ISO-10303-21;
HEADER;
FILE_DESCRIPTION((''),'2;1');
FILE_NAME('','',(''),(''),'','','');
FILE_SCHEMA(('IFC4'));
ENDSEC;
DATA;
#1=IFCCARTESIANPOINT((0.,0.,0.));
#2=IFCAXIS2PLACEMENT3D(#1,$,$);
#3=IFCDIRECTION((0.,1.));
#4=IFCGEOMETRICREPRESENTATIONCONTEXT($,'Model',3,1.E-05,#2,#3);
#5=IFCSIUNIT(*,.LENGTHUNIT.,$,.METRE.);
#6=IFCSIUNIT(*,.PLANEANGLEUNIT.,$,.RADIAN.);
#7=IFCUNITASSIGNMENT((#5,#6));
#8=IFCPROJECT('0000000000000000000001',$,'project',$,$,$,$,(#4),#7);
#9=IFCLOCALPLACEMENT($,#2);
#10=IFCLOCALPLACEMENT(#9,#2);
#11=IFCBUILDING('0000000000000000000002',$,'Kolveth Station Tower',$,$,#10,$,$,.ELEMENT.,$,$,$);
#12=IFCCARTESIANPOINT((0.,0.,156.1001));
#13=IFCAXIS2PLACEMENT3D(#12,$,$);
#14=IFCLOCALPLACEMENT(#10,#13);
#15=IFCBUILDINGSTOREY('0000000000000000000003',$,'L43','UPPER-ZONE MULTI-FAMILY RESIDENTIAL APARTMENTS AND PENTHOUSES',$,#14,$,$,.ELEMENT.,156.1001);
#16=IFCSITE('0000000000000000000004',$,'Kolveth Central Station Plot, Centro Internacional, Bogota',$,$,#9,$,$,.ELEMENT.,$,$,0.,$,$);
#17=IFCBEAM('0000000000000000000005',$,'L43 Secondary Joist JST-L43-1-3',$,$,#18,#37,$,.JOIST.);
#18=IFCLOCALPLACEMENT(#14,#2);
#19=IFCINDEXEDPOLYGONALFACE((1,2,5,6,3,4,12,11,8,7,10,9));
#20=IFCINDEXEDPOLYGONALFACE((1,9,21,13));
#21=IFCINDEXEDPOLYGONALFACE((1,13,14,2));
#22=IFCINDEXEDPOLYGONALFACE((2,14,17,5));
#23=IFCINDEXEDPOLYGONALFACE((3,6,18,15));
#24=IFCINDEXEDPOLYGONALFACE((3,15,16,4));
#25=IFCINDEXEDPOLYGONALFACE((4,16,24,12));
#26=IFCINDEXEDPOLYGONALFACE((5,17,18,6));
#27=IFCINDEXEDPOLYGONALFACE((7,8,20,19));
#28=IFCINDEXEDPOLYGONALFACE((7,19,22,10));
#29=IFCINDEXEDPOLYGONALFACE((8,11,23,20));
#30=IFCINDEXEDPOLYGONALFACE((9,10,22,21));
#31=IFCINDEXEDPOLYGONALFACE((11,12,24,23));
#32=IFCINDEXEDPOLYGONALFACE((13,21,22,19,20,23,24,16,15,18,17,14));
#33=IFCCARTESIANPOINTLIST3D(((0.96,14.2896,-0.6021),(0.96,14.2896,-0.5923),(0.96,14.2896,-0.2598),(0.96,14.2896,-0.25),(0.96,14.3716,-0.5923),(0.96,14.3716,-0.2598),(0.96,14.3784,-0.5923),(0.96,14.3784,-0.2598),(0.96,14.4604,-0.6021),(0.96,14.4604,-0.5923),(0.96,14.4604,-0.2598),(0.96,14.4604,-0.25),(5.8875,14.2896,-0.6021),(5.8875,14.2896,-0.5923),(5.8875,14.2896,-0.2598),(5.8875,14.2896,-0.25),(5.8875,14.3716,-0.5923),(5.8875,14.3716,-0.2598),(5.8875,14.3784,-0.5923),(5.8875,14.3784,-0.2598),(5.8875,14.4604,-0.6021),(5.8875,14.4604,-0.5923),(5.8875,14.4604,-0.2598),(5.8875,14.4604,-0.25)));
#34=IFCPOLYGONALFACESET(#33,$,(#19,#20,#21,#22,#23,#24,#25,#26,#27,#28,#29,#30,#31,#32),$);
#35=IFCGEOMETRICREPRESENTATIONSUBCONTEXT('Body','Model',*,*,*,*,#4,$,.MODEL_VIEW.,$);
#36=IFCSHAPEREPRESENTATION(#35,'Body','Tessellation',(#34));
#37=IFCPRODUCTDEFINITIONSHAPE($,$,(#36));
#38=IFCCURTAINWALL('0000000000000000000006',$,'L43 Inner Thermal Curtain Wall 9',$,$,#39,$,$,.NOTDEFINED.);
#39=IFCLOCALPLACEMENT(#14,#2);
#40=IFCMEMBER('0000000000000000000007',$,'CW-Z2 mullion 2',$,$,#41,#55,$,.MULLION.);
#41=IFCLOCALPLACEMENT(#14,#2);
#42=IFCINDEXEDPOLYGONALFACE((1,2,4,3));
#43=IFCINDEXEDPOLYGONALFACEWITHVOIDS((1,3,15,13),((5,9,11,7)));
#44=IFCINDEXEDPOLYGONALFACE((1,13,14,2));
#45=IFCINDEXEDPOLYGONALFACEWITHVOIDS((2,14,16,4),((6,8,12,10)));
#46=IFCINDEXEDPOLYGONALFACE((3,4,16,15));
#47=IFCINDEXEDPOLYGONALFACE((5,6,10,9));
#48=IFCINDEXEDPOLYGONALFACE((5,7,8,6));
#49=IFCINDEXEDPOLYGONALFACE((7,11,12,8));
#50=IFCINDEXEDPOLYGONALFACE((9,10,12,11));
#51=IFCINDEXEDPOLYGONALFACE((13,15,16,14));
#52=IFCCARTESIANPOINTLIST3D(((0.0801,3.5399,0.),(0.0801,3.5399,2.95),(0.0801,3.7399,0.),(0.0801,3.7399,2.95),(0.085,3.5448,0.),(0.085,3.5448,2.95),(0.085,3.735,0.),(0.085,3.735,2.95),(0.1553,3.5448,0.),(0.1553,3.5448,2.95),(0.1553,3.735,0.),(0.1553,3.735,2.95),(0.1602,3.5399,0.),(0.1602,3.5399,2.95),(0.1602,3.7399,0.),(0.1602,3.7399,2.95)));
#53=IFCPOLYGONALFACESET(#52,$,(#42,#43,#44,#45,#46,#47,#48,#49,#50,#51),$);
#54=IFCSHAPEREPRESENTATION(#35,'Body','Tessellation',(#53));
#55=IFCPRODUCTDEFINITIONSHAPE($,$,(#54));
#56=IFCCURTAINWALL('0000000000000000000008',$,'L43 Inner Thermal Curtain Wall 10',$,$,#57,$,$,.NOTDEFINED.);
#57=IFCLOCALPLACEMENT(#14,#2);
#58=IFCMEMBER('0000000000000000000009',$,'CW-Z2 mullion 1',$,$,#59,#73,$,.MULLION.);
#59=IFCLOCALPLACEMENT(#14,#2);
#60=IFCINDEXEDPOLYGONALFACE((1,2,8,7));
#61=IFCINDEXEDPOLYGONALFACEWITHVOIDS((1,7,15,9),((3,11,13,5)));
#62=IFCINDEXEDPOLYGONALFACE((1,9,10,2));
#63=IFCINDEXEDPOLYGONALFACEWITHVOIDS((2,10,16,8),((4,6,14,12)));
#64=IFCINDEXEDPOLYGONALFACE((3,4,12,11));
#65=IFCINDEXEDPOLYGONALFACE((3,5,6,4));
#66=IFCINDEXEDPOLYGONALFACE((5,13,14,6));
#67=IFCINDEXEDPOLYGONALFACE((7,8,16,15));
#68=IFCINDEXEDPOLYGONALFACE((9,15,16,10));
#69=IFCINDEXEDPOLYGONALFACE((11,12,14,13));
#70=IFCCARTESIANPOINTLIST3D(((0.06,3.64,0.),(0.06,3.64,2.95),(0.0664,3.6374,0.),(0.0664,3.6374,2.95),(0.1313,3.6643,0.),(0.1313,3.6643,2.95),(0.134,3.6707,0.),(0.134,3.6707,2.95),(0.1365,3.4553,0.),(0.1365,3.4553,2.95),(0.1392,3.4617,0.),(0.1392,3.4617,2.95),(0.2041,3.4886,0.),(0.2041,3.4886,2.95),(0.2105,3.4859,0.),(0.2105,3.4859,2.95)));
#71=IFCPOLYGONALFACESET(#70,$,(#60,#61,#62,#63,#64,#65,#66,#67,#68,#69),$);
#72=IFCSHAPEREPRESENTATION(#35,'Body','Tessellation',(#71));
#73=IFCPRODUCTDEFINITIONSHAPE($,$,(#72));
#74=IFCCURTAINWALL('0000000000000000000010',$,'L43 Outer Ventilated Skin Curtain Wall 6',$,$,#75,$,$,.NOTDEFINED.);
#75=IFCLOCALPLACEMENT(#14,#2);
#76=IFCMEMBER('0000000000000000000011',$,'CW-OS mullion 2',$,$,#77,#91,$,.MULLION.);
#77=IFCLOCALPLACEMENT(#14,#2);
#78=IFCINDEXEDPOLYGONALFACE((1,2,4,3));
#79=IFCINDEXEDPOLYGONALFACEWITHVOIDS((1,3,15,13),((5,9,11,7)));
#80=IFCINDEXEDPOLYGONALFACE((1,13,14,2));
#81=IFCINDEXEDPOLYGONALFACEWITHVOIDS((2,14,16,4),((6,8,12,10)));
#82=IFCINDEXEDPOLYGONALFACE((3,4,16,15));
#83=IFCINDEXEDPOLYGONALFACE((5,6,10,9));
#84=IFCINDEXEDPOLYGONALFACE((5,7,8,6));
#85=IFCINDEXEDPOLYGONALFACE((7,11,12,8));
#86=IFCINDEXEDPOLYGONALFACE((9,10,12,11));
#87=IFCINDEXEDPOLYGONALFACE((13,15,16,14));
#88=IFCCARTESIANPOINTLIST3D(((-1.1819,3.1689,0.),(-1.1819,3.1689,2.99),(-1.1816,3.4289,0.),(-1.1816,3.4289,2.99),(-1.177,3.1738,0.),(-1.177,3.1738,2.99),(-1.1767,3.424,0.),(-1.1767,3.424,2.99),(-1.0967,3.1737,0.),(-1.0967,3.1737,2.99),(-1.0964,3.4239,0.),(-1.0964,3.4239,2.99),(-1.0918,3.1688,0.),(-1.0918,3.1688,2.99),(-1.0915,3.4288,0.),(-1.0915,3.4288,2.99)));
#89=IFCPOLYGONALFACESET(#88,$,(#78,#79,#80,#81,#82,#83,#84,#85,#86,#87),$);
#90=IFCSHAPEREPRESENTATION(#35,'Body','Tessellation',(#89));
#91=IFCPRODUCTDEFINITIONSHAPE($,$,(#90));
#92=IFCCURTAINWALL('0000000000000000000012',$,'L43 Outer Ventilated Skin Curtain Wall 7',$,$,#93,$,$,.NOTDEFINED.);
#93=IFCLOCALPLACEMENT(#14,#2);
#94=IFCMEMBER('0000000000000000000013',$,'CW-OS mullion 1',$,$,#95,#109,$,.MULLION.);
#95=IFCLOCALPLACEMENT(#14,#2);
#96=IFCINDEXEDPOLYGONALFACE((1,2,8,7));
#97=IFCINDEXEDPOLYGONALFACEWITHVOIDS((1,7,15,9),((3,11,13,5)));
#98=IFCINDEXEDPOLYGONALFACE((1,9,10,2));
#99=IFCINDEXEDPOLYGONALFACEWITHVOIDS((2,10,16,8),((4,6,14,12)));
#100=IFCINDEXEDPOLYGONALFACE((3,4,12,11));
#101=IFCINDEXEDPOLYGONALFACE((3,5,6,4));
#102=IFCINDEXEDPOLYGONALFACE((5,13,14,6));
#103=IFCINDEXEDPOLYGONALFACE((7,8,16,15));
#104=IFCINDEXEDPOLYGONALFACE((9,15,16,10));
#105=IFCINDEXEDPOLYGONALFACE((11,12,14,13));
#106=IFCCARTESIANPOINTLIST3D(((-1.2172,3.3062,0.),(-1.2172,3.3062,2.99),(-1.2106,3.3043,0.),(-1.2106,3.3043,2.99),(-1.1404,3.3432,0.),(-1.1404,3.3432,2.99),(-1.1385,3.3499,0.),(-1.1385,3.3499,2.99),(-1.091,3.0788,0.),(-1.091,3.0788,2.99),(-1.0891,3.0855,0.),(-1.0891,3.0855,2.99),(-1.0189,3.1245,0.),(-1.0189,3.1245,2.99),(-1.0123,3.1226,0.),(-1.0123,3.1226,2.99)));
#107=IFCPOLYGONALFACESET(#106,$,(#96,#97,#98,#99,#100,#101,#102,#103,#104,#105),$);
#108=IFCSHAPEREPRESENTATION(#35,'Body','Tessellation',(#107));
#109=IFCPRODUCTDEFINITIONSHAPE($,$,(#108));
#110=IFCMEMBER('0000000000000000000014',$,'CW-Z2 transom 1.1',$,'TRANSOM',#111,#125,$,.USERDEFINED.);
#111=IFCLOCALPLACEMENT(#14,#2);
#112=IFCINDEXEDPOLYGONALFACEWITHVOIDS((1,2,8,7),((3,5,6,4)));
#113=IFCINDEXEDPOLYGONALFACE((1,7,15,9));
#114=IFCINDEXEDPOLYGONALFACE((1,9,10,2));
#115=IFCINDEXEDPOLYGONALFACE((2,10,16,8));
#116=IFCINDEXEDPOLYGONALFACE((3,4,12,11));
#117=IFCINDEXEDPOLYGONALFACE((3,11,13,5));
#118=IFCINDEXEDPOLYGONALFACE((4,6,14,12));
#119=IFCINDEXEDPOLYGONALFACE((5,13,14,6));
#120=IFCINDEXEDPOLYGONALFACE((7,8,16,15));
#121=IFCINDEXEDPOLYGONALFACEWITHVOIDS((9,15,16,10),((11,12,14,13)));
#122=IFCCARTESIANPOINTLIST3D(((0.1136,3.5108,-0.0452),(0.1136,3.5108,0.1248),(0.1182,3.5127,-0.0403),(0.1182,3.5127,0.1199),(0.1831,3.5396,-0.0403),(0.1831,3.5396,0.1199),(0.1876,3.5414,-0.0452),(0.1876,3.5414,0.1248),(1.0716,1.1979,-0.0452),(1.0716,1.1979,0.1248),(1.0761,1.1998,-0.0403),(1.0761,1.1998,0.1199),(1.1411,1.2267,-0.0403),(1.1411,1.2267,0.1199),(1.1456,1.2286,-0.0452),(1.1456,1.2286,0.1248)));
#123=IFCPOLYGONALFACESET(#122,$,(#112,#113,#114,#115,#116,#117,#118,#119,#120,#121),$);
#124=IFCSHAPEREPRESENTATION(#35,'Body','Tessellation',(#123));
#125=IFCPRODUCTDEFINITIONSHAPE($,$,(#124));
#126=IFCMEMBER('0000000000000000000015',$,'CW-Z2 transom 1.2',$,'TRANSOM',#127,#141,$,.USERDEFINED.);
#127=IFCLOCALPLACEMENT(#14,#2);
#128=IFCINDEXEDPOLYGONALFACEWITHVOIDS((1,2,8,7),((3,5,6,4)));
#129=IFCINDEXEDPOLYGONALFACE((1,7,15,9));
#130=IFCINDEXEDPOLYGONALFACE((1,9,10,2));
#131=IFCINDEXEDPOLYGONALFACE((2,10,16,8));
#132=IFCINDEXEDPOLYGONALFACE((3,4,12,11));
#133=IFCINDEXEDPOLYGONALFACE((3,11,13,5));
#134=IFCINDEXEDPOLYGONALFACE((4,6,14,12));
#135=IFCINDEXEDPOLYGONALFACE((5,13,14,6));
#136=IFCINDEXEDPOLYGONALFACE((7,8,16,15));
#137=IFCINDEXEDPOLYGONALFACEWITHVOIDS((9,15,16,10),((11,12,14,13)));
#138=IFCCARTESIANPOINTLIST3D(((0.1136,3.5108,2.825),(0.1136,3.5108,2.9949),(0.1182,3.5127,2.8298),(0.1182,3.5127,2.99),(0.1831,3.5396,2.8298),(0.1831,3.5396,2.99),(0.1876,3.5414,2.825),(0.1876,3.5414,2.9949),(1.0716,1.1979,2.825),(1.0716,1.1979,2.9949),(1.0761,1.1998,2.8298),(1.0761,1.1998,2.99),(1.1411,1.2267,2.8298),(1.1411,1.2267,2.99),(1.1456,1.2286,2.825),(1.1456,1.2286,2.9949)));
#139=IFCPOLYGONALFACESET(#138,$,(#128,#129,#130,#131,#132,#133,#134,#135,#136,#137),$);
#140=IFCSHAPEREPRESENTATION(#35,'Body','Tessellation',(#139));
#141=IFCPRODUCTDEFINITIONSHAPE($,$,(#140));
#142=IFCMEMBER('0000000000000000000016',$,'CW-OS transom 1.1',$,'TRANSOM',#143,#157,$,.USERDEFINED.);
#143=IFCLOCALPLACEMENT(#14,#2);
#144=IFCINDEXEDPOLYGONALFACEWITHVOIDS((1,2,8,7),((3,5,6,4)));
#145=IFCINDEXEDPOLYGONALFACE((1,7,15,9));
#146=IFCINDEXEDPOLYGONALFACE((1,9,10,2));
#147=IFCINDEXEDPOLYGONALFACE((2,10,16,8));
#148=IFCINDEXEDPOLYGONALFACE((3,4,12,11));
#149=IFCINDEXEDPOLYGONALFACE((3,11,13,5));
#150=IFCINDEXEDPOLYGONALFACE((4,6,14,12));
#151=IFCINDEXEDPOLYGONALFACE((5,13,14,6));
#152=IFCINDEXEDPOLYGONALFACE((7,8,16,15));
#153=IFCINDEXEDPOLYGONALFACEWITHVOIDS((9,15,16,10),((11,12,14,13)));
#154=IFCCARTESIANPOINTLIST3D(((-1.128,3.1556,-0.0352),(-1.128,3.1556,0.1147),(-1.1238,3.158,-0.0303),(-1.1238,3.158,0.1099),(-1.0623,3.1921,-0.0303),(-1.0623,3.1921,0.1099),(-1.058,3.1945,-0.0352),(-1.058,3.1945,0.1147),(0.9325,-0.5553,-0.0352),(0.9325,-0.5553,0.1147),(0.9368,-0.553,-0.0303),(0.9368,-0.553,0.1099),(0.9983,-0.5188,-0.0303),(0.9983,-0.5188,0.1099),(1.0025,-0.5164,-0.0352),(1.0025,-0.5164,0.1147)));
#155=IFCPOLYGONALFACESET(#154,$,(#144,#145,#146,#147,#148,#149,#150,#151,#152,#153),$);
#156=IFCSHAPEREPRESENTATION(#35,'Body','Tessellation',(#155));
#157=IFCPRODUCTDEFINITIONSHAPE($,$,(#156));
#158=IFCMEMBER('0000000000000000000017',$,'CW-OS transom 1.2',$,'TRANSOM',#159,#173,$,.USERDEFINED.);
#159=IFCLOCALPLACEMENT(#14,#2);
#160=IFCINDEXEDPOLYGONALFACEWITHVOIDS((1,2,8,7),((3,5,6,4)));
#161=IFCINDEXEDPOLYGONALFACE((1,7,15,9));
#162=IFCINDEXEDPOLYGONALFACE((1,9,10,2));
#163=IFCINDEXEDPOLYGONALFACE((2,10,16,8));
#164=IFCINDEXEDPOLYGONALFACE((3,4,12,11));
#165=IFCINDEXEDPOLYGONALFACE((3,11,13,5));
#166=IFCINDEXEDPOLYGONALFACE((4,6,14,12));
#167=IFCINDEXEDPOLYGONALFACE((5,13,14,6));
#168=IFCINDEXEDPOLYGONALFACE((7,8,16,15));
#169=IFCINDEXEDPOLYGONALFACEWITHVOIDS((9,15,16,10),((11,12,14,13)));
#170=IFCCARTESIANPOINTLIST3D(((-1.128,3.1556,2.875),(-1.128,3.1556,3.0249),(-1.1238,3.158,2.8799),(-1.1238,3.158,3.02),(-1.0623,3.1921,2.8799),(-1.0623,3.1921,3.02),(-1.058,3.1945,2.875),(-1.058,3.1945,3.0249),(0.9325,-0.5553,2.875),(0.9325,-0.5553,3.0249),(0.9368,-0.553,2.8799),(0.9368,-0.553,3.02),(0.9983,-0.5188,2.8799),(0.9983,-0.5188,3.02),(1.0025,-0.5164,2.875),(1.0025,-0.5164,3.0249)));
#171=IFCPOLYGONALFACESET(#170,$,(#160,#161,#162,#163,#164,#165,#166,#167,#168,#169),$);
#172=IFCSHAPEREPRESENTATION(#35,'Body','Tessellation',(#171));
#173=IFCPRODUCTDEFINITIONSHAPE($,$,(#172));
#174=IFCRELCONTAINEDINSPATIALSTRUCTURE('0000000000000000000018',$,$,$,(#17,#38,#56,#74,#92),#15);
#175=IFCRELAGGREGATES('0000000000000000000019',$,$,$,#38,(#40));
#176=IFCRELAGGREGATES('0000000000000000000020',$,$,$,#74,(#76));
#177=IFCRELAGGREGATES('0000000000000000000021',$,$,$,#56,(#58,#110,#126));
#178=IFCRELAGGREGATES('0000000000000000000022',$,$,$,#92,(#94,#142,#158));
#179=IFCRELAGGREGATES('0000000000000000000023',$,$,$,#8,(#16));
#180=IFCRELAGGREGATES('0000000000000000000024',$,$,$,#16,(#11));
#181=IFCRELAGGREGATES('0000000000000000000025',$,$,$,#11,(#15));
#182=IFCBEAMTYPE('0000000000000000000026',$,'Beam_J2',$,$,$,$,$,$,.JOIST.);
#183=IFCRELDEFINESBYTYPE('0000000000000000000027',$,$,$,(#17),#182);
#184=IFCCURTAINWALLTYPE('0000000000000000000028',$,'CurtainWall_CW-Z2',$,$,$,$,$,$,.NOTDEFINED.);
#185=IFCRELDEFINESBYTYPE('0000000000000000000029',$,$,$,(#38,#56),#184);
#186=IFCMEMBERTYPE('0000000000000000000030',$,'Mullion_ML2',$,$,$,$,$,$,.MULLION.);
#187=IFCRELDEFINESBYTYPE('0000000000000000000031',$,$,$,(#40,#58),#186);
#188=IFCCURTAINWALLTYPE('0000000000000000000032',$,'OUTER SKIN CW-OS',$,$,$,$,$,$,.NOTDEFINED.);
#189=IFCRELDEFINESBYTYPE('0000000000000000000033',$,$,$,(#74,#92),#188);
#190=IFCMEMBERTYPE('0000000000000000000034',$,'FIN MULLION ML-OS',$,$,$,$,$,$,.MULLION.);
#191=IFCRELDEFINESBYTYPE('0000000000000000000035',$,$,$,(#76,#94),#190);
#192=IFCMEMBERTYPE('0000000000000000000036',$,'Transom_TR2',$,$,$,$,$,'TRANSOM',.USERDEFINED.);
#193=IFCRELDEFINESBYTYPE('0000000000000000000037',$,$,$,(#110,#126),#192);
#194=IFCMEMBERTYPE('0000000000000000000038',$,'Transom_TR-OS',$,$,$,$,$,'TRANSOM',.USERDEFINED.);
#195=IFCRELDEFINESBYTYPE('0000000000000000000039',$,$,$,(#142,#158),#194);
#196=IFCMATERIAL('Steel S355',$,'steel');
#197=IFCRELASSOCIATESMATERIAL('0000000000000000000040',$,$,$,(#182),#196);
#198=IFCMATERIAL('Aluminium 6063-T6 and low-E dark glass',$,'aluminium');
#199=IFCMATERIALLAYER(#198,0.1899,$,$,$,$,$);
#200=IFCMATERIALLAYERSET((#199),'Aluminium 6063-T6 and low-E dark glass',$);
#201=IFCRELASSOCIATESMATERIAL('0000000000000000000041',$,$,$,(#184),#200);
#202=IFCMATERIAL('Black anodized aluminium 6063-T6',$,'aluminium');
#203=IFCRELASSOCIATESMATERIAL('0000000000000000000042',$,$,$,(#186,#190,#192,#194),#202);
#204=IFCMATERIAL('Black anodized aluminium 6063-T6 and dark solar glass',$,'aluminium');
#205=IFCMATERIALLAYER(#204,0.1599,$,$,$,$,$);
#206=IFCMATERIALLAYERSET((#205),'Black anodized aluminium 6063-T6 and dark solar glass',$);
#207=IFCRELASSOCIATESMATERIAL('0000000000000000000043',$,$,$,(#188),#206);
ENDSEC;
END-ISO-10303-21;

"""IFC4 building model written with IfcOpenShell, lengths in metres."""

from ifc_helpers import new_model, si_unit, direction, frame, origin, origin_2d, place, context, subcontext, project, spatial, hollow_rectangle, i_section, extrude, source, transform, mapped, material, layer, layer_set, material_profile, profile_set, type_object, element, aggregate, save


model = new_model("IFC4")

# Units and contexts
model_context = context("Model", 3, precision=1e-05, world=origin(), true_north=direction((0.0, 1.0)))
body_context = subcontext(model_context, "Body", "Model", "MODEL_VIEW")
ifc_project = project(units=[si_unit("LENGTHUNIT", "METRE"), si_unit("PLANEANGLEUNIT", "RADIAN")], contexts=[model_context])

# Site, building, storey
site_placement = place(None, origin())
site = spatial("IfcSite", under=ifc_project, at=site_placement, Name="Kolveth Central Station Plot, Centro Internacional, Bogota", CompositionType="ELEMENT", RefElevation=0.0)
building_placement = place(site_placement, origin())
building = spatial("IfcBuilding", under=site, at=building_placement, Name="Kolveth Station Tower", CompositionType="ELEMENT")
storey_placement = place(building_placement, frame((0.0, 0.0, 156.1001)))
storey = spatial("IfcBuildingStorey", under=building, at=storey_placement, Name="L43", Description="UPPER-ZONE MULTI-FAMILY RESIDENTIAL APARTMENTS AND PENTHOUSES", CompositionType="ELEMENT", Elevation=156.1001)

# Shared definitions
ifc_material_1 = material(Name="Steel S355", Category="steel")

# Beam
ifc_material_profile_1 = material_profile(ifc_material_1, i_section(OverallWidth=0.1709, OverallDepth=0.3521, WebThickness=0.0068, FlangeThickness=0.0098, at=origin_2d()), Name="W360x44")
ifc_profile_set_1 = profile_set([ifc_material_profile_1], Name="Steel S355")
beam_type_1 = type_object("IfcBeamType", Name="Beam_J2", PredefinedType="JOIST", material=ifc_profile_set_1)
shared_shape_1 = source(origin(), body_context, "Body", "SweptSolid", [
    extrude(i_section(OverallWidth=0.1709, OverallDepth=0.3521, WebThickness=0.0068, FlangeThickness=0.0098, at=origin_2d()), origin(), (0.0, 0.0, 1.0), 4.9275),
])
for number, where, z_axis, x_axis, name in (
    (1, (0.96, 14.375, -0.426), (1.0, 0.0, 0.0), (0.0, 1.0, 0.0), "L43 Secondary Joist JST-L43-1-3"),
):
    element("IfcBeam", number, at=place(storey_placement, frame(where, z_axis=z_axis, x_axis=x_axis)), inside=storey, type_object=beam_type_1, Name=name, PredefinedType="JOIST", context=body_context, shape_type="MappedRepresentation", body=[
        mapped(shared_shape_1, transform((0.0, 0.0, 0.0), x_axis=(1.0, 0.0, 0.0), y_axis=(0.0, 1.0, 0.0), z_axis=(0.0, 0.0, 1.0), scale=1.0)),
    ])

# Curtain walls, members
ifc_material_2 = material(Name="Aluminium 6063-T6 and low-E dark glass", Category="aluminium")
ifc_layer_1 = layer(ifc_material_2, 0.1899)
ifc_layer_set_1 = layer_set([ifc_layer_1], Name="Aluminium 6063-T6 and low-E dark glass")
curtain_wall_type_1 = type_object("IfcCurtainWallType", Name="CurtainWall_CW-Z2", PredefinedType="NOTDEFINED", material=ifc_layer_set_1)
curtain_wall_1_placement = place(storey_placement, origin())
curtain_wall_1 = element("IfcCurtainWall", 2, at=curtain_wall_1_placement, inside=storey, type_object=curtain_wall_type_1, Name="L43 Inner Thermal Curtain Wall 9", PredefinedType="NOTDEFINED")
ifc_material_3 = material(Name="Black anodized aluminium 6063-T6", Category="aluminium")
ifc_material_profile_2 = material_profile(ifc_material_3, hollow_rectangle(XDim=0.0801, YDim=0.2, WallThickness=0.0049, at=origin_2d()), Name="ALU-80x200x5")
ifc_profile_set_2 = profile_set([ifc_material_profile_2], Name="Black anodized aluminium 6063-T6")
member_type_1 = type_object("IfcMemberType", Name="Mullion_ML2", PredefinedType="MULLION", material=ifc_profile_set_2)
shared_shape_2 = source(origin(), body_context, "Body", "SweptSolid", [
    extrude(hollow_rectangle(XDim=0.0801, YDim=0.2, WallThickness=0.0049, at=origin_2d()), origin(), (0.0, 0.0, 1.0), 2.95),
])
member_1_placement = place(storey_placement, frame((0.1201, 3.6399, 0.0), z_axis=(0.0, 0.0, 1.0), x_axis=(1.0, 0.0, 0.0)))
member_1 = element("IfcMember", 3, at=member_1_placement, type_object=member_type_1, Name="CW-Z2 mullion 2", PredefinedType="MULLION", context=body_context, shape_type="MappedRepresentation", body=[
    mapped(shared_shape_2, transform((0.0, 0.0, 0.0), x_axis=(1.0, 0.0, 0.0), y_axis=(0.0, 1.0, 0.0), z_axis=(0.0, 0.0, 1.0), scale=1.0)),
])
aggregate(curtain_wall_1, [member_1])
curtain_wall_2_placement = place(storey_placement, origin())
curtain_wall_2 = element("IfcCurtainWall", 4, at=curtain_wall_2_placement, inside=storey, type_object=curtain_wall_type_1, Name="L43 Inner Thermal Curtain Wall 10", PredefinedType="NOTDEFINED")
member_2_placement = place(storey_placement, frame((0.1353, 3.563, 0.0), z_axis=(0.0, 0.0, 1.0), x_axis=(0.923874, 0.382698, 0.0)))
member_2 = element("IfcMember", 5, at=member_2_placement, type_object=member_type_1, Name="CW-Z2 mullion 1", PredefinedType="MULLION", context=body_context, shape_type="MappedRepresentation", body=[
    mapped(shared_shape_2, transform((0.0, 0.0, 0.0), x_axis=(1.0, 0.0, 0.0), y_axis=(0.0, 1.0, 0.0), z_axis=(0.0, 0.0, 1.0), scale=1.0)),
])
ifc_material_4 = material(Name="Black anodized aluminium 6063-T6 and dark solar glass", Category="aluminium")
ifc_layer_2 = layer(ifc_material_4, 0.1599)
ifc_layer_set_2 = layer_set([ifc_layer_2], Name="Black anodized aluminium 6063-T6 and dark solar glass")
curtain_wall_type_2 = type_object("IfcCurtainWallType", Name="OUTER SKIN CW-OS", PredefinedType="NOTDEFINED", material=ifc_layer_set_2)
curtain_wall_3_placement = place(storey_placement, origin())
curtain_wall_3 = element("IfcCurtainWall", 6, at=curtain_wall_3_placement, inside=storey, type_object=curtain_wall_type_2, Name="L43 Outer Ventilated Skin Curtain Wall 6", PredefinedType="NOTDEFINED")
ifc_material_profile_3 = material_profile(ifc_material_3, hollow_rectangle(XDim=0.0901, YDim=0.26, WallThickness=0.0049, at=origin_2d()), Name="ALU-90x260x5")
ifc_profile_set_3 = profile_set([ifc_material_profile_3], Name="Black anodized aluminium 6063-T6")
member_type_2 = type_object("IfcMemberType", Name="FIN MULLION ML-OS", PredefinedType="MULLION", material=ifc_profile_set_3)
shared_shape_3 = source(origin(), body_context, "Body", "SweptSolid", [
    extrude(hollow_rectangle(XDim=0.0901, YDim=0.26, WallThickness=0.0049, at=origin_2d()), origin(), (0.0, 0.0, 1.0), 2.99),
])
member_3_placement = place(storey_placement, frame((-1.1367, 3.2988, 0.0), z_axis=(0.0, 0.0, 1.0), x_axis=(0.999999, -0.001162, 0.0)))
member_3 = element("IfcMember", 7, at=member_3_placement, type_object=member_type_2, Name="CW-OS mullion 2", PredefinedType="MULLION", context=body_context, shape_type="MappedRepresentation", body=[
    mapped(shared_shape_3, transform((0.0, 0.0, 0.0), x_axis=(1.0, 0.0, 0.0), y_axis=(0.0, 1.0, 0.0), z_axis=(0.0, 0.0, 1.0), scale=1.0)),
])
aggregate(curtain_wall_3, [member_3])
curtain_wall_4_placement = place(storey_placement, origin())
curtain_wall_4 = element("IfcCurtainWall", 8, at=curtain_wall_4_placement, inside=storey, type_object=curtain_wall_type_2, Name="L43 Outer Ventilated Skin Curtain Wall 7", PredefinedType="NOTDEFINED")
member_4_placement = place(storey_placement, frame((-1.1147, 3.2144, 0.0), z_axis=(0.0, 0.0, 1.0), x_axis=(0.874283, 0.485416, 0.0)))
member_4 = element("IfcMember", 9, at=member_4_placement, type_object=member_type_2, Name="CW-OS mullion 1", PredefinedType="MULLION", context=body_context, shape_type="MappedRepresentation", body=[
    mapped(shared_shape_3, transform((0.0, 0.0, 0.0), x_axis=(1.0, 0.0, 0.0), y_axis=(0.0, 1.0, 0.0), z_axis=(0.0, 0.0, 1.0), scale=1.0)),
])

# Members
ifc_material_profile_4 = material_profile(ifc_material_3, hollow_rectangle(XDim=0.0801, YDim=0.1699, WallThickness=0.0049, at=origin_2d()), Name="ALU-80x170x5")
ifc_profile_set_4 = profile_set([ifc_material_profile_4], Name="Black anodized aluminium 6063-T6")
member_type_3 = type_object("IfcMemberType", Name="Transom_TR2", ElementType="TRANSOM", PredefinedType="USERDEFINED", material=ifc_profile_set_4)
shared_shape_4 = source(origin(), body_context, "Body", "SweptSolid", [
    extrude(hollow_rectangle(XDim=0.0801, YDim=0.1699, WallThickness=0.0049, at=origin_2d()), origin(), (0.0, 0.0, 1.0), 2.5034),
])
member_5_placement = place(storey_placement, frame((0.1506, 3.5261, 0.0398), z_axis=(0.382662, -0.923888, 0.0), x_axis=(0.923888, 0.382662, 0.0)))
member_5 = element("IfcMember", 10, at=member_5_placement, type_object=member_type_3, Name="CW-Z2 transom 1.1", ObjectType="TRANSOM", PredefinedType="USERDEFINED", context=body_context, shape_type="MappedRepresentation", body=[
    mapped(shared_shape_4, transform((0.0, 0.0, 0.0), x_axis=(1.0, 0.0, 0.0), y_axis=(0.0, 1.0, 0.0), z_axis=(0.0, 0.0, 1.0), scale=1.0)),
])
member_6_placement = place(storey_placement, frame((0.1506, 3.5261, 2.9099), z_axis=(0.382662, -0.923888, 0.0), x_axis=(0.923888, 0.382662, 0.0)))
member_6 = element("IfcMember", 11, at=member_6_placement, type_object=member_type_3, Name="CW-Z2 transom 1.2", ObjectType="TRANSOM", PredefinedType="USERDEFINED", context=body_context, shape_type="MappedRepresentation", body=[
    mapped(shared_shape_4, transform((0.0, 0.0, 0.0), x_axis=(1.0, 0.0, 0.0), y_axis=(0.0, 1.0, 0.0), z_axis=(0.0, 0.0, 1.0), scale=1.0)),
])
aggregate(curtain_wall_2, [member_2, member_5, member_6])
ifc_material_profile_5 = material_profile(ifc_material_3, hollow_rectangle(XDim=0.0801, YDim=0.1499, WallThickness=0.0049, at=origin_2d()), Name="ALU-80x150x5")
ifc_profile_set_5 = profile_set([ifc_material_profile_5], Name="Black anodized aluminium 6063-T6")
member_type_4 = type_object("IfcMemberType", Name="Transom_TR-OS", ElementType="TRANSOM", PredefinedType="USERDEFINED", material=ifc_profile_set_5)
shared_shape_5 = source(origin(), body_context, "Body", "SweptSolid", [
    extrude(hollow_rectangle(XDim=0.0801, YDim=0.1499, WallThickness=0.0049, at=origin_2d()), origin(), (0.0, 0.0, 1.0), 4.2446),
])
member_7_placement = place(storey_placement, frame((-1.093, 3.175, 0.0398), z_axis=(0.485448, -0.874266, 0.0), x_axis=(0.874266, 0.485448, 0.0)))
member_7 = element("IfcMember", 12, at=member_7_placement, type_object=member_type_4, Name="CW-OS transom 1.1", ObjectType="TRANSOM", PredefinedType="USERDEFINED", context=body_context, shape_type="MappedRepresentation", body=[
    mapped(shared_shape_5, transform((0.0, 0.0, 0.0), x_axis=(1.0, 0.0, 0.0), y_axis=(0.0, 1.0, 0.0), z_axis=(0.0, 0.0, 1.0), scale=1.0)),
])
member_8_placement = place(storey_placement, frame((-1.093, 3.175, 2.95), z_axis=(0.485448, -0.874266, 0.0), x_axis=(0.874266, 0.485448, 0.0)))
member_8 = element("IfcMember", 13, at=member_8_placement, type_object=member_type_4, Name="CW-OS transom 1.2", ObjectType="TRANSOM", PredefinedType="USERDEFINED", context=body_context, shape_type="MappedRepresentation", body=[
    mapped(shared_shape_5, transform((0.0, 0.0, 0.0), x_axis=(1.0, 0.0, 0.0), y_axis=(0.0, 1.0, 0.0), z_axis=(0.0, 0.0, 1.0), scale=1.0)),
])
aggregate(curtain_wall_4, [member_4, member_7, member_8])

save(model, "model.ifc")
